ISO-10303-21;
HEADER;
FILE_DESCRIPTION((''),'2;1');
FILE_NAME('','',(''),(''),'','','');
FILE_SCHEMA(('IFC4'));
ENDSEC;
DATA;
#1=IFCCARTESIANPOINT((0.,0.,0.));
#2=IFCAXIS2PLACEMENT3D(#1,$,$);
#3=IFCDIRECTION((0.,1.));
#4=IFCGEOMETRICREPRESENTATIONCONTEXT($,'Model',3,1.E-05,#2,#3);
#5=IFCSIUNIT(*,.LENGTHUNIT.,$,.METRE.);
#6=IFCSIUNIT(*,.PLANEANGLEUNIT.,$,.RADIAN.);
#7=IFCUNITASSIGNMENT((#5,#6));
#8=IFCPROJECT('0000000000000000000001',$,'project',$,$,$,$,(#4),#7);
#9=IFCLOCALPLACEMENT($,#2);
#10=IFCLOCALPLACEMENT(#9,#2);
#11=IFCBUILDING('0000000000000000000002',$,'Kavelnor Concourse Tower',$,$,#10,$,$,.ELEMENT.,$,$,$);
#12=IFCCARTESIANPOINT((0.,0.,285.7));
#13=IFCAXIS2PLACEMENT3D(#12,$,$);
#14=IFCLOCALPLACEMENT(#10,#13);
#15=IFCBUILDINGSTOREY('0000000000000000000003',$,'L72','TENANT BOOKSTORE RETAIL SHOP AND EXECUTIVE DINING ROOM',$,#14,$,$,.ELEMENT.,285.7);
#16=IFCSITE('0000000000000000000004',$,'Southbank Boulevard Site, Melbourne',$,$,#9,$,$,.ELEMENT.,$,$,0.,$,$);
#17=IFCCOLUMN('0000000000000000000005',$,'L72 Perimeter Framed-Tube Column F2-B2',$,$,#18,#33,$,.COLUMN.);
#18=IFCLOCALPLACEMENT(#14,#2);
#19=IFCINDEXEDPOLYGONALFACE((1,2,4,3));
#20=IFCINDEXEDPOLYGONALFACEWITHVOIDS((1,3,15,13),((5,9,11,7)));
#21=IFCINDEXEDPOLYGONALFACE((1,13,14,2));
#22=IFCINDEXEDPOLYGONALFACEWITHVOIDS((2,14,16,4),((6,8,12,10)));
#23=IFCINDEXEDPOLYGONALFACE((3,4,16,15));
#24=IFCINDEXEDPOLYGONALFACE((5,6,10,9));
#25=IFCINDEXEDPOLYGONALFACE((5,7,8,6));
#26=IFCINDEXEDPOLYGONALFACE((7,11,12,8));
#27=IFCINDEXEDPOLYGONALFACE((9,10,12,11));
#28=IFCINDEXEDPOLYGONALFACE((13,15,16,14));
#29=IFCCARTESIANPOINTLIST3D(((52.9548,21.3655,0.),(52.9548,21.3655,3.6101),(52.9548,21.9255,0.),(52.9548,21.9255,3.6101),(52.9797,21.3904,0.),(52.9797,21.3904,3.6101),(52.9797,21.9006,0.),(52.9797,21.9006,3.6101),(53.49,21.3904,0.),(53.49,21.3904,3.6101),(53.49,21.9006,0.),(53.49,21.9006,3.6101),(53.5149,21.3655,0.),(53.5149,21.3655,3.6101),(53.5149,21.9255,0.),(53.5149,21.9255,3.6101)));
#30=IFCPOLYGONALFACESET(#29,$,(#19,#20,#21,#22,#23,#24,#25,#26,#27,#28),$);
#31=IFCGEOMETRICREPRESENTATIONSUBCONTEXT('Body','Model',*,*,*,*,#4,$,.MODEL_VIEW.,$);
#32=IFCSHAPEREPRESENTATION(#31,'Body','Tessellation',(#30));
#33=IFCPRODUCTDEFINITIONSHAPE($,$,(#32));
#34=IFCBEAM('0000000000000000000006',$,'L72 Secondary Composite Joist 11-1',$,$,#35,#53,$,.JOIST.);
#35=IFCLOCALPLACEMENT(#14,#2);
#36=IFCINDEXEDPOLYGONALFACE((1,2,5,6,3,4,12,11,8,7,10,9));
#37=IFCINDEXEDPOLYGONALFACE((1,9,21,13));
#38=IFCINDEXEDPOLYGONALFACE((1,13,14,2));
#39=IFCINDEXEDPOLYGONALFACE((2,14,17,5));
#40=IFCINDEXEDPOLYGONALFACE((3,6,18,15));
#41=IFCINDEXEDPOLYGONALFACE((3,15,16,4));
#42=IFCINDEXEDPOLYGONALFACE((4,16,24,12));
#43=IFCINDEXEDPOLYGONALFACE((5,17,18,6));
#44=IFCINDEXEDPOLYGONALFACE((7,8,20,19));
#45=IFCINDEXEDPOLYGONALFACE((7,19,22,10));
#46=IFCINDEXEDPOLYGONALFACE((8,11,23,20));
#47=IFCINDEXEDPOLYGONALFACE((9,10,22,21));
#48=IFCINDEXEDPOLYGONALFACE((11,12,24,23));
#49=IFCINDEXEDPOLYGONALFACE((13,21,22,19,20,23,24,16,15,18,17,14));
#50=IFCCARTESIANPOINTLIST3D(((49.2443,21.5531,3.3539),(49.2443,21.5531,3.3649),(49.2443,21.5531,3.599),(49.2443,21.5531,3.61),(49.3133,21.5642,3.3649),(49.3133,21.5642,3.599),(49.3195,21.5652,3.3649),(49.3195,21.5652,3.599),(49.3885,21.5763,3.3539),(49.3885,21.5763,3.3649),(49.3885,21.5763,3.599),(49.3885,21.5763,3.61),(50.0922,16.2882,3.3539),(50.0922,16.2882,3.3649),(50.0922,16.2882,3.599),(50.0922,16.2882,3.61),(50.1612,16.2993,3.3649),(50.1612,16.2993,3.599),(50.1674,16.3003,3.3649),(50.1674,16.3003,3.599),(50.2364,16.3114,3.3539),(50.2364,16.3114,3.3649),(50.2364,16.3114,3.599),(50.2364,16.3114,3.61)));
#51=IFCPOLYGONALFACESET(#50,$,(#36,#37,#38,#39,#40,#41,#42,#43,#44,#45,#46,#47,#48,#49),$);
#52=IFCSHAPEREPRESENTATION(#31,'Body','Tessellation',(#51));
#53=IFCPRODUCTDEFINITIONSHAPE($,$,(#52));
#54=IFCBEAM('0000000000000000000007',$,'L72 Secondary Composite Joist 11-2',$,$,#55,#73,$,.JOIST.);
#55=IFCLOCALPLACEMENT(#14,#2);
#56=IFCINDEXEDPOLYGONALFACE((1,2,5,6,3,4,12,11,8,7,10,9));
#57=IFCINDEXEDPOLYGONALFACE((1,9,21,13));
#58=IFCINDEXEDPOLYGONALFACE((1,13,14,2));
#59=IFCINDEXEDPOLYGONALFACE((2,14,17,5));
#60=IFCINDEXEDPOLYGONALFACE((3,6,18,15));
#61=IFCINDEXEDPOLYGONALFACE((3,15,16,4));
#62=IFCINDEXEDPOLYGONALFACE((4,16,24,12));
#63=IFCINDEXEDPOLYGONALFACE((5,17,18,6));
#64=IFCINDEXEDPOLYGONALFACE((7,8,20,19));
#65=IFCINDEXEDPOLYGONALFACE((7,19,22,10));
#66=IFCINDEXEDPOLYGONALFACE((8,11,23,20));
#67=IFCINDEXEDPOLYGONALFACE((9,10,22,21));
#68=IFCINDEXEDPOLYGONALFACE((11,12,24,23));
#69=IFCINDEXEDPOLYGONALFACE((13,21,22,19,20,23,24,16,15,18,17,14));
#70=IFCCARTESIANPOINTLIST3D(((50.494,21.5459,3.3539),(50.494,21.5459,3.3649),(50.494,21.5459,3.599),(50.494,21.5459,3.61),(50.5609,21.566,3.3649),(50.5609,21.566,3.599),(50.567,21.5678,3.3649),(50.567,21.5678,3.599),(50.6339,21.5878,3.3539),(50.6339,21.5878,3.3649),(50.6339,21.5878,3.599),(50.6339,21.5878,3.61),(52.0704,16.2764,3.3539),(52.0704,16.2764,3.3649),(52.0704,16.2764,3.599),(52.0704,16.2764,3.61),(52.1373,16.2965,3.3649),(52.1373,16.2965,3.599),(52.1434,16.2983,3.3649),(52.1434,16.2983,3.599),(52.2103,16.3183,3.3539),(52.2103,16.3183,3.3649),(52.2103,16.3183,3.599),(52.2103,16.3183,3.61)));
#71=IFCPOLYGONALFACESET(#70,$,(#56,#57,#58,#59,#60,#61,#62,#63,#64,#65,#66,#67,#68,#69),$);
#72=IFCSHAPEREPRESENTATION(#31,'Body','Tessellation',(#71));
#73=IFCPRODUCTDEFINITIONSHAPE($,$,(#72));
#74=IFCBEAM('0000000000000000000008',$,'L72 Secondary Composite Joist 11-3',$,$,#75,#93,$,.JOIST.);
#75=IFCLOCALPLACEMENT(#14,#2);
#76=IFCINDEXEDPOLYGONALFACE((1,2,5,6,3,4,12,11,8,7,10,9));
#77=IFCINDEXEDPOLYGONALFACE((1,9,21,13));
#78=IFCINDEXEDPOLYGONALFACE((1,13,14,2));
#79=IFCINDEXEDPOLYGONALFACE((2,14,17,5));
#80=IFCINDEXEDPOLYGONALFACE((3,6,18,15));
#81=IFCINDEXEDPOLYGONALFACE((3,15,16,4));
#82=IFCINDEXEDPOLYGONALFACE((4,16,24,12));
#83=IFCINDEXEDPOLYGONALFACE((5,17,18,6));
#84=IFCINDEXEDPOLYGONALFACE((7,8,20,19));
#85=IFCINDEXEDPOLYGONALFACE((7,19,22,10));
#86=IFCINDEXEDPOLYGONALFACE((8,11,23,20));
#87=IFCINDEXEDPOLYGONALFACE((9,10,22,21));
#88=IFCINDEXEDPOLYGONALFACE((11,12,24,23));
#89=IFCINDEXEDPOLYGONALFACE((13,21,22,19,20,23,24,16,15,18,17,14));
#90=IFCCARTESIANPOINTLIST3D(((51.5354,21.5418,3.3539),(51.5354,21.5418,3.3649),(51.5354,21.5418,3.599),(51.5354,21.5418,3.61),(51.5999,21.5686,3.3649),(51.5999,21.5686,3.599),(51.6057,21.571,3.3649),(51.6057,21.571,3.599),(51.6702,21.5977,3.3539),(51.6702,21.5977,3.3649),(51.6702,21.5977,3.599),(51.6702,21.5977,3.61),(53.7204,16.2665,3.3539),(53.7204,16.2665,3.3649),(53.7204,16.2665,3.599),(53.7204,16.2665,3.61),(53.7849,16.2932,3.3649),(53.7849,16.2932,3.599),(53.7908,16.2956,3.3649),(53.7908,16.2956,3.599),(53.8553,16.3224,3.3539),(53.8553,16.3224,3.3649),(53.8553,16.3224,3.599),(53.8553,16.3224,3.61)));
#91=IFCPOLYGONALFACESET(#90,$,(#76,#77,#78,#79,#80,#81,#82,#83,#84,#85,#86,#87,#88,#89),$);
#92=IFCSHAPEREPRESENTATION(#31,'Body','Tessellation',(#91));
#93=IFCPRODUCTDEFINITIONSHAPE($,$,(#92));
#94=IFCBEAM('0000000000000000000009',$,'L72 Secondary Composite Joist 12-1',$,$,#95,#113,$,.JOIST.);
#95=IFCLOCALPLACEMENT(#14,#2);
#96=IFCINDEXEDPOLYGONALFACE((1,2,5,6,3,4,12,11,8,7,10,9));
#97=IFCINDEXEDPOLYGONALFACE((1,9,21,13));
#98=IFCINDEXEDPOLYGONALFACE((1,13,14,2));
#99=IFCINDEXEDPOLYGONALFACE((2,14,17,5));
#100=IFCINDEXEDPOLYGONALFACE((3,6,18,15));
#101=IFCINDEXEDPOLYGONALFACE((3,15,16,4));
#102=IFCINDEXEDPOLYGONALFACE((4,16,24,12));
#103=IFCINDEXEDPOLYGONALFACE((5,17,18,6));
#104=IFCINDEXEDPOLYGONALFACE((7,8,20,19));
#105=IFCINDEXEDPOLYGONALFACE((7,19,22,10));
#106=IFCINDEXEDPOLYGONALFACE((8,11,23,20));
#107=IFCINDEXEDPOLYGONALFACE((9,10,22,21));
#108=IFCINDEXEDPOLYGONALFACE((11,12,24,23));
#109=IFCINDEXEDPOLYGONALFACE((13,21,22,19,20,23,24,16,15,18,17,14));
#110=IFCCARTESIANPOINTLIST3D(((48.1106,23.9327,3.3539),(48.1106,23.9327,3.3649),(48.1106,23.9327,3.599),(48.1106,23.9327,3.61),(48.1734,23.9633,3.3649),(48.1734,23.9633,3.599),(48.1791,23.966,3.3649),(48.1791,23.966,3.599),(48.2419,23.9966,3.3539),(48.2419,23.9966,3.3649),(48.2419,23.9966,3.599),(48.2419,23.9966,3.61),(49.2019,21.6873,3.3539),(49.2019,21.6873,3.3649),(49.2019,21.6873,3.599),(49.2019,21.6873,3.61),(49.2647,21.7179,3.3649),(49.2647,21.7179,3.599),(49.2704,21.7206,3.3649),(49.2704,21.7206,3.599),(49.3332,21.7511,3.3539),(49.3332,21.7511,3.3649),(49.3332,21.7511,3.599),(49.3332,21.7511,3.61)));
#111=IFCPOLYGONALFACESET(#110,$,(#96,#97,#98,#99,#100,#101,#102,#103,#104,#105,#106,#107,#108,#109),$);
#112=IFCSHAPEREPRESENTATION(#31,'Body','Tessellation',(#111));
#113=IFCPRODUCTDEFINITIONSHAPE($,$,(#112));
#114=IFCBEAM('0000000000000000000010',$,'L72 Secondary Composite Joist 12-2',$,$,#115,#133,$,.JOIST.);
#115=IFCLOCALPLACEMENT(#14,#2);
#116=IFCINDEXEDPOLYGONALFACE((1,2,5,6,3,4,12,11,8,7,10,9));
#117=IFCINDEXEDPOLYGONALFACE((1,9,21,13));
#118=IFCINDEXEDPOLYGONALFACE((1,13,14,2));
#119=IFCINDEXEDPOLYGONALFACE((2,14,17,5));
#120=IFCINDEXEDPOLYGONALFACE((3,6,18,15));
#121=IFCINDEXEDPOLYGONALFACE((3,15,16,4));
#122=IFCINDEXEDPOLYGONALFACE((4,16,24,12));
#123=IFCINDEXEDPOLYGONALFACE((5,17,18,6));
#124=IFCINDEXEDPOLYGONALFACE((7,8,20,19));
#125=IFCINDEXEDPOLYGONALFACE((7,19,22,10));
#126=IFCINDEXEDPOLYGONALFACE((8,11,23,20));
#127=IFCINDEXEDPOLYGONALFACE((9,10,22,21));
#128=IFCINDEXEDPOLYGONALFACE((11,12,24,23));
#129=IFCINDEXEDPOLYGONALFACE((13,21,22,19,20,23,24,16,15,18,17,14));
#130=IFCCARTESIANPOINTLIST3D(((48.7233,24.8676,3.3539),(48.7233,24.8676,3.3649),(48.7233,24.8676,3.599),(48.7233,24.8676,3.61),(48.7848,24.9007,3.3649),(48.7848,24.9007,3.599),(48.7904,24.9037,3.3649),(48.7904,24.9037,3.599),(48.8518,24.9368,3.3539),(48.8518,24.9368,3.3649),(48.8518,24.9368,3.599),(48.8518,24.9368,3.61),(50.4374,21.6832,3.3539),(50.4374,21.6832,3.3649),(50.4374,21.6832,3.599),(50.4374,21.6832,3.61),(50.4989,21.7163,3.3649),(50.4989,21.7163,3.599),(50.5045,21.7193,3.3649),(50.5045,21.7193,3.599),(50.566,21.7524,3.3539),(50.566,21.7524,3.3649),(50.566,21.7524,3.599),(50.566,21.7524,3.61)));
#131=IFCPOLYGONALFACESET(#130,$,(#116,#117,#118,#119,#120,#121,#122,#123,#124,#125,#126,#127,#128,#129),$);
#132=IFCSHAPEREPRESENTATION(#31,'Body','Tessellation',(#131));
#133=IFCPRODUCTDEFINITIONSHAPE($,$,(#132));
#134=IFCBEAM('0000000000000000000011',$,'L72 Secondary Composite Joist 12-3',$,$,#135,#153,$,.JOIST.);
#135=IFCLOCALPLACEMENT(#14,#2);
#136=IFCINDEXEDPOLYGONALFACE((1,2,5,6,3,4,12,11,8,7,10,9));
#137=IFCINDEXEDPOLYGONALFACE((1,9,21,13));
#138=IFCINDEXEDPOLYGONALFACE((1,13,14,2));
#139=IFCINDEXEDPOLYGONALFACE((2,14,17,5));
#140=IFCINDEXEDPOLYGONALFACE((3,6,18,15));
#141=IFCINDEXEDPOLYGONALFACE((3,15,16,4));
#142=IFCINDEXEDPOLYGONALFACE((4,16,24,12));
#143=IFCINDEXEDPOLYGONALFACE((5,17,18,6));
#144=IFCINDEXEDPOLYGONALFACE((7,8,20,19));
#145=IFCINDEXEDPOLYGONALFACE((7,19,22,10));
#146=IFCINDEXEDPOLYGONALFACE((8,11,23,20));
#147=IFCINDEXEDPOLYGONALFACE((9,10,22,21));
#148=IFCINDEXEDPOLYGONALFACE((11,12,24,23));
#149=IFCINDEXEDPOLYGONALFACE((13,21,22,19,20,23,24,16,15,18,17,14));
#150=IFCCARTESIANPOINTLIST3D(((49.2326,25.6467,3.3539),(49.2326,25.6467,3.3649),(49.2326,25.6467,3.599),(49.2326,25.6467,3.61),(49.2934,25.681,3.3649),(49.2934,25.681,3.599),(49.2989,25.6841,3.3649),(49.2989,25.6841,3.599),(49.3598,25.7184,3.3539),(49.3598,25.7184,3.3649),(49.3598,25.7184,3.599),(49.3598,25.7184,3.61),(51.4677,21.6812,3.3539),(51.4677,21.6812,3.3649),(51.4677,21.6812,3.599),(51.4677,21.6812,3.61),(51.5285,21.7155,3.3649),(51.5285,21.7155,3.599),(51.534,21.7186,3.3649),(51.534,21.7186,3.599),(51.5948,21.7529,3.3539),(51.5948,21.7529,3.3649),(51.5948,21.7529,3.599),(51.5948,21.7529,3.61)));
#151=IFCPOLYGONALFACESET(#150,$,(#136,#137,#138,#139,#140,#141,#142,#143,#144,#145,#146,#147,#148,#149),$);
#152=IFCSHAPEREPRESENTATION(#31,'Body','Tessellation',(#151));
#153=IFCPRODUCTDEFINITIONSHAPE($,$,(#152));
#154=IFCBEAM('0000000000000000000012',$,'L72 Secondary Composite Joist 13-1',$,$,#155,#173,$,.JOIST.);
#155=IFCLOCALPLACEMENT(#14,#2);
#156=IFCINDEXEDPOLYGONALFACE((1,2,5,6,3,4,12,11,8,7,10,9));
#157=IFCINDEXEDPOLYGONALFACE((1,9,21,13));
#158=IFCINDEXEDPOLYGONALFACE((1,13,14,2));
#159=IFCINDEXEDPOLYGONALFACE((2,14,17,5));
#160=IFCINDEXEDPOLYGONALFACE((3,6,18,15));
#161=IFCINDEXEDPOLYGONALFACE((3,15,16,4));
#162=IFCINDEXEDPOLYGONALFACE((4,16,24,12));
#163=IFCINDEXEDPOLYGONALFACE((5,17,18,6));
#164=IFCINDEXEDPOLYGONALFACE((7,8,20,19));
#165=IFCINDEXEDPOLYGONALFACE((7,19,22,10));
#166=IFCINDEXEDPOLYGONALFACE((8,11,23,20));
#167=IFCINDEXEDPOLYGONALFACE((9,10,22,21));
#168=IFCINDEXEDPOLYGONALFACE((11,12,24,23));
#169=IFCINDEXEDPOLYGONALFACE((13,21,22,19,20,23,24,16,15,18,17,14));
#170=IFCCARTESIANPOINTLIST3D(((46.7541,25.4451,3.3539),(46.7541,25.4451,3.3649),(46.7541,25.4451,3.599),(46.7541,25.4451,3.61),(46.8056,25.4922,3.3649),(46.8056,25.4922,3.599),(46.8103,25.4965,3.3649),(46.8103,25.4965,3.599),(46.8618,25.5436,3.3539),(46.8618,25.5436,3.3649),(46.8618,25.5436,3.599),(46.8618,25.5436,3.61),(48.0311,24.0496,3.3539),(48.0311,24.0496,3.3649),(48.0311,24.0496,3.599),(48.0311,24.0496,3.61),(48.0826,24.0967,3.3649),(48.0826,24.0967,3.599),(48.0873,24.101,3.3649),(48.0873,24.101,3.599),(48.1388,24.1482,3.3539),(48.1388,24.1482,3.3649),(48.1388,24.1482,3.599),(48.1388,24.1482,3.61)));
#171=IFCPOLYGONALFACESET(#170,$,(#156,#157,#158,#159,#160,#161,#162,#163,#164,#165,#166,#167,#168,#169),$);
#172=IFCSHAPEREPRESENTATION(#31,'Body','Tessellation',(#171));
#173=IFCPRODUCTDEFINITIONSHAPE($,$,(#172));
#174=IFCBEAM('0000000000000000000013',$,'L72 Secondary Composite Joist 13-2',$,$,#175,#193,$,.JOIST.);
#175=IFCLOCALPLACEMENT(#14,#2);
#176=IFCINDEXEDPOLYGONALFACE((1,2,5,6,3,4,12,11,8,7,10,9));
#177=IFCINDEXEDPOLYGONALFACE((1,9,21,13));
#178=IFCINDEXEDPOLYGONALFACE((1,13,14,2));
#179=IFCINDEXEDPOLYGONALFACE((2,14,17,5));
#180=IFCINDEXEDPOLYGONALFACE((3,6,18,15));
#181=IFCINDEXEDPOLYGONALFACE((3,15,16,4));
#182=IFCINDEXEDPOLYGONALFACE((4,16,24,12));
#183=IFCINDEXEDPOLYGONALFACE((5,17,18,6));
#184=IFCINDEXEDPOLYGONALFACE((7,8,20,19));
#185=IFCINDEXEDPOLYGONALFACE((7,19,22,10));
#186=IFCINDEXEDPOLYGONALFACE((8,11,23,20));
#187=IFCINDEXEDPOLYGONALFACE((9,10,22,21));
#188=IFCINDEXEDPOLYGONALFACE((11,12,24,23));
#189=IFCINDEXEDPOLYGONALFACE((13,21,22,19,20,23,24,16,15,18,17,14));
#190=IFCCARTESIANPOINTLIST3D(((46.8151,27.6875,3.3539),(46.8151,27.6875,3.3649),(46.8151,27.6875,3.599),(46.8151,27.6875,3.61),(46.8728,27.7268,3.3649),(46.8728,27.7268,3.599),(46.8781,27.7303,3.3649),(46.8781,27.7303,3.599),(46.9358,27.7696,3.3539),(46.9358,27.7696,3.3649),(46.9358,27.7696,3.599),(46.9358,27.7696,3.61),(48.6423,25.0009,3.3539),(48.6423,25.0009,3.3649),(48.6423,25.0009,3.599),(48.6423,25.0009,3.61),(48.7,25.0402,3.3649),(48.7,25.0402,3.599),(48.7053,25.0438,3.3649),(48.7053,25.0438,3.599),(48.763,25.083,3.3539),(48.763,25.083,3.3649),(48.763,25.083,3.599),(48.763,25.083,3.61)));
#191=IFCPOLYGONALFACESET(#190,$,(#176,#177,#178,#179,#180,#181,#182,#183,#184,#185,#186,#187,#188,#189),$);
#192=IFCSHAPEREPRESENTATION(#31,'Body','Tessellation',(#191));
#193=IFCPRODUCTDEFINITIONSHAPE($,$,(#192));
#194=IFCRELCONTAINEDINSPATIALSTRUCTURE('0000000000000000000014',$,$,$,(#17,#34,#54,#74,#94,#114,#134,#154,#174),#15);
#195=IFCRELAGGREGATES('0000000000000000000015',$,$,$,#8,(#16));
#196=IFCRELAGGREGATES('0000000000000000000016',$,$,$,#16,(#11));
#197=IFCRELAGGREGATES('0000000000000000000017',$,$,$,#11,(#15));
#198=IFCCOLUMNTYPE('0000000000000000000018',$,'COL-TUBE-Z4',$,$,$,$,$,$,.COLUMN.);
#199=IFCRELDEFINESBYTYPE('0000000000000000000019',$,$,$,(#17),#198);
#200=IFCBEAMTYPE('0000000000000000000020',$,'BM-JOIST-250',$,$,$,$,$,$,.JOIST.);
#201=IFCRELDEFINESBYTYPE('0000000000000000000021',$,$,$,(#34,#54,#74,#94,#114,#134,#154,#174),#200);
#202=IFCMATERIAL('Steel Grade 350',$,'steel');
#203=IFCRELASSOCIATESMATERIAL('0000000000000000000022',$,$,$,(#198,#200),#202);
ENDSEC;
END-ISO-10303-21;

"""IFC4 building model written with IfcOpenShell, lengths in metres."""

from ifc_helpers import new_model, si_unit, direction, frame, origin, origin_2d, place, context, subcontext, project, spatial, hollow_rectangle, i_section, extrude, material, material_profile, profile_set, type_object, element, save


model = new_model("IFC4")

# Units and contexts
model_context = context("Model", 3, precision=1e-05, world=origin(), true_north=direction((0.0, 1.0)))
body_context = subcontext(model_context, "Body", "Model", "MODEL_VIEW")
ifc_project = project(units=[si_unit("LENGTHUNIT", "METRE"), si_unit("PLANEANGLEUNIT", "RADIAN")], contexts=[model_context])

# Site, building, storey
site_placement = place(None, origin())
site = spatial("IfcSite", under=ifc_project, at=site_placement, Name="Southbank Boulevard Site, Melbourne", CompositionType="ELEMENT", RefElevation=0.0)
building_placement = place(site_placement, origin())
building = spatial("IfcBuilding", under=site, at=building_placement, Name="Kavelnor Concourse Tower", CompositionType="ELEMENT")
storey_placement = place(building_placement, frame((0.0, 0.0, 285.7)))
storey = spatial("IfcBuildingStorey", under=building, at=storey_placement, Name="L72", Description="TENANT BOOKSTORE RETAIL SHOP AND EXECUTIVE DINING ROOM", CompositionType="ELEMENT", Elevation=285.7)

# Column
ifc_material_1 = material(Name="Steel Grade 350", Category="steel")
ifc_material_profile_1 = material_profile(ifc_material_1, hollow_rectangle(XDim=0.5601, YDim=0.5601, WallThickness=0.0249, at=origin_2d()), Name="SHS 560x560x25")
ifc_profile_set_1 = profile_set([ifc_material_profile_1], Name="Steel Grade 350")
column_type = type_object("IfcColumnType", Name="COL-TUBE-Z4", PredefinedType="COLUMN", material=ifc_profile_set_1)
column_placement = place(storey_placement, frame((53.2349, 21.6455, 0.0), z_axis=(0.0, 0.0, 1.0), x_axis=(1.0, 0.0, 0.0)))
element("IfcColumn", 1, at=column_placement, inside=storey, type_object=column_type, Name="L72 Perimeter Framed-Tube Column F2-B2", PredefinedType="COLUMN", context=body_context, shape_type="SweptSolid", body=[
    extrude(hollow_rectangle(XDim=0.5601, YDim=0.5601, WallThickness=0.0249, at=origin_2d()), origin(), (0.0, 0.0, 1.0), 3.6101),
])

# Beams
ifc_material_profile_2 = material_profile(ifc_material_1, i_section(OverallWidth=0.146, OverallDepth=0.2561, WebThickness=0.0063, FlangeThickness=0.011, at=origin_2d()), Name="250UB37")
ifc_profile_set_2 = profile_set([ifc_material_profile_2], Name="Steel Grade 350")
beam_type_1 = type_object("IfcBeamType", Name="BM-JOIST-250", PredefinedType="JOIST", material=ifc_profile_set_2)
beam_1_placement = place(storey_placement, frame((50.1643, 16.2998, 3.4819), z_axis=(-0.158999, 0.987279, 0.0), x_axis=(-0.987279, -0.158999, 0.0)))
element("IfcBeam", 2, at=beam_1_placement, inside=storey, type_object=beam_type_1, Name="L72 Secondary Composite Joist 11-1", PredefinedType="JOIST", context=body_context, shape_type="SweptSolid", body=[
    extrude(i_section(OverallWidth=0.146, OverallDepth=0.2561, WebThickness=0.0063, FlangeThickness=0.011, at=origin_2d()), origin(), (0.0, 0.0, 1.0), 5.3328),
])
beam_2_placement = place(storey_placement, frame((52.1404, 16.2974, 3.4819), z_axis=(-0.286607, 0.958048, 0.0), x_axis=(-0.958048, -0.286607, 0.0)))
element("IfcBeam", 3, at=beam_2_placement, inside=storey, type_object=beam_type_1, Name="L72 Secondary Composite Joist 11-2", PredefinedType="JOIST", context=body_context, shape_type="SweptSolid", body=[
    extrude(i_section(OverallWidth=0.146, OverallDepth=0.2561, WebThickness=0.0063, FlangeThickness=0.011, at=origin_2d()), origin(), (0.0, 0.0, 1.0), 5.5002),
])
beam_3_placement = place(storey_placement, frame((53.7878, 16.2944, 3.4819), z_axis=(-0.382672, 0.923884, 0.0), x_axis=(-0.923884, -0.382672, 0.0)))
element("IfcBeam", 4, at=beam_3_placement, inside=storey, type_object=beam_type_1, Name="L72 Secondary Composite Joist 11-3", PredefinedType="JOIST", context=body_context, shape_type="SweptSolid", body=[
    extrude(i_section(OverallWidth=0.146, OverallDepth=0.2561, WebThickness=0.0063, FlangeThickness=0.011, at=origin_2d()), origin(), (0.0, 0.0, 1.0), 5.71),
])
beam_4_placement = place(storey_placement, frame((49.2676, 21.7192, 3.4819), z_axis=(-0.437132, 0.899397, 0.0), x_axis=(-0.899397, -0.437132, 0.0)))
element("IfcBeam", 5, at=beam_4_placement, inside=storey, type_object=beam_type_1, Name="L72 Secondary Composite Joist 12-1", PredefinedType="JOIST", context=body_context, shape_type="SweptSolid", body=[
    extrude(i_section(OverallWidth=0.146, OverallDepth=0.2561, WebThickness=0.0063, FlangeThickness=0.011, at=origin_2d()), origin(), (0.0, 0.0, 1.0), 2.4966),
])
beam_5_placement = place(storey_placement, frame((50.5017, 21.7178, 3.4819), z_axis=(-0.473987, 0.880532, 0.0), x_axis=(-0.880532, -0.473987, 0.0)))
element("IfcBeam", 6, at=beam_5_placement, inside=storey, type_object=beam_type_1, Name="L72 Secondary Composite Joist 12-2", PredefinedType="JOIST", context=body_context, shape_type="SweptSolid", body=[
    extrude(i_section(OverallWidth=0.146, OverallDepth=0.2561, WebThickness=0.0063, FlangeThickness=0.011, at=origin_2d()), origin(), (0.0, 0.0, 1.0), 3.6165),
])
beam_6_placement = place(storey_placement, frame((51.5312, 21.717, 3.4819), z_axis=(-0.491007, 0.871156, 0.0), x_axis=(-0.871156, -0.491007, 0.0)))
element("IfcBeam", 7, at=beam_6_placement, inside=storey, type_object=beam_type_1, Name="L72 Secondary Composite Joist 12-3", PredefinedType="JOIST", context=body_context, shape_type="SweptSolid", body=[
    extrude(i_section(OverallWidth=0.146, OverallDepth=0.2561, WebThickness=0.0063, FlangeThickness=0.011, at=origin_2d()), origin(), (0.0, 0.0, 1.0), 4.552),
])
beam_7_placement = place(storey_placement, frame((48.085, 24.0989, 3.4819), z_axis=(-0.675117, 0.737711, 0.0), x_axis=(-0.737711, -0.675117, 0.0)))
element("IfcBeam", 8, at=beam_7_placement, inside=storey, type_object=beam_type_1, Name="L72 Secondary Composite Joist 13-1", PredefinedType="JOIST", context=body_context, shape_type="SweptSolid", body=[
    extrude(i_section(OverallWidth=0.146, OverallDepth=0.2561, WebThickness=0.0063, FlangeThickness=0.011, at=origin_2d()), origin(), (0.0, 0.0, 1.0), 1.8916),
])
beam_8_placement = place(storey_placement, frame((48.7026, 25.042, 3.4819), z_axis=(-0.562376, 0.826882, 0.0), x_axis=(-0.826882, -0.562376, 0.0)))
element("IfcBeam", 9, at=beam_8_placement, inside=storey, type_object=beam_type_1, Name="L72 Secondary Composite Joist 13-2", PredefinedType="JOIST", context=body_context, shape_type="SweptSolid", body=[
    extrude(i_section(OverallWidth=0.146, OverallDepth=0.2561, WebThickness=0.0063, FlangeThickness=0.011, at=origin_2d()), origin(), (0.0, 0.0, 1.0), 3.249),
])

save(model, "model.ifc")
